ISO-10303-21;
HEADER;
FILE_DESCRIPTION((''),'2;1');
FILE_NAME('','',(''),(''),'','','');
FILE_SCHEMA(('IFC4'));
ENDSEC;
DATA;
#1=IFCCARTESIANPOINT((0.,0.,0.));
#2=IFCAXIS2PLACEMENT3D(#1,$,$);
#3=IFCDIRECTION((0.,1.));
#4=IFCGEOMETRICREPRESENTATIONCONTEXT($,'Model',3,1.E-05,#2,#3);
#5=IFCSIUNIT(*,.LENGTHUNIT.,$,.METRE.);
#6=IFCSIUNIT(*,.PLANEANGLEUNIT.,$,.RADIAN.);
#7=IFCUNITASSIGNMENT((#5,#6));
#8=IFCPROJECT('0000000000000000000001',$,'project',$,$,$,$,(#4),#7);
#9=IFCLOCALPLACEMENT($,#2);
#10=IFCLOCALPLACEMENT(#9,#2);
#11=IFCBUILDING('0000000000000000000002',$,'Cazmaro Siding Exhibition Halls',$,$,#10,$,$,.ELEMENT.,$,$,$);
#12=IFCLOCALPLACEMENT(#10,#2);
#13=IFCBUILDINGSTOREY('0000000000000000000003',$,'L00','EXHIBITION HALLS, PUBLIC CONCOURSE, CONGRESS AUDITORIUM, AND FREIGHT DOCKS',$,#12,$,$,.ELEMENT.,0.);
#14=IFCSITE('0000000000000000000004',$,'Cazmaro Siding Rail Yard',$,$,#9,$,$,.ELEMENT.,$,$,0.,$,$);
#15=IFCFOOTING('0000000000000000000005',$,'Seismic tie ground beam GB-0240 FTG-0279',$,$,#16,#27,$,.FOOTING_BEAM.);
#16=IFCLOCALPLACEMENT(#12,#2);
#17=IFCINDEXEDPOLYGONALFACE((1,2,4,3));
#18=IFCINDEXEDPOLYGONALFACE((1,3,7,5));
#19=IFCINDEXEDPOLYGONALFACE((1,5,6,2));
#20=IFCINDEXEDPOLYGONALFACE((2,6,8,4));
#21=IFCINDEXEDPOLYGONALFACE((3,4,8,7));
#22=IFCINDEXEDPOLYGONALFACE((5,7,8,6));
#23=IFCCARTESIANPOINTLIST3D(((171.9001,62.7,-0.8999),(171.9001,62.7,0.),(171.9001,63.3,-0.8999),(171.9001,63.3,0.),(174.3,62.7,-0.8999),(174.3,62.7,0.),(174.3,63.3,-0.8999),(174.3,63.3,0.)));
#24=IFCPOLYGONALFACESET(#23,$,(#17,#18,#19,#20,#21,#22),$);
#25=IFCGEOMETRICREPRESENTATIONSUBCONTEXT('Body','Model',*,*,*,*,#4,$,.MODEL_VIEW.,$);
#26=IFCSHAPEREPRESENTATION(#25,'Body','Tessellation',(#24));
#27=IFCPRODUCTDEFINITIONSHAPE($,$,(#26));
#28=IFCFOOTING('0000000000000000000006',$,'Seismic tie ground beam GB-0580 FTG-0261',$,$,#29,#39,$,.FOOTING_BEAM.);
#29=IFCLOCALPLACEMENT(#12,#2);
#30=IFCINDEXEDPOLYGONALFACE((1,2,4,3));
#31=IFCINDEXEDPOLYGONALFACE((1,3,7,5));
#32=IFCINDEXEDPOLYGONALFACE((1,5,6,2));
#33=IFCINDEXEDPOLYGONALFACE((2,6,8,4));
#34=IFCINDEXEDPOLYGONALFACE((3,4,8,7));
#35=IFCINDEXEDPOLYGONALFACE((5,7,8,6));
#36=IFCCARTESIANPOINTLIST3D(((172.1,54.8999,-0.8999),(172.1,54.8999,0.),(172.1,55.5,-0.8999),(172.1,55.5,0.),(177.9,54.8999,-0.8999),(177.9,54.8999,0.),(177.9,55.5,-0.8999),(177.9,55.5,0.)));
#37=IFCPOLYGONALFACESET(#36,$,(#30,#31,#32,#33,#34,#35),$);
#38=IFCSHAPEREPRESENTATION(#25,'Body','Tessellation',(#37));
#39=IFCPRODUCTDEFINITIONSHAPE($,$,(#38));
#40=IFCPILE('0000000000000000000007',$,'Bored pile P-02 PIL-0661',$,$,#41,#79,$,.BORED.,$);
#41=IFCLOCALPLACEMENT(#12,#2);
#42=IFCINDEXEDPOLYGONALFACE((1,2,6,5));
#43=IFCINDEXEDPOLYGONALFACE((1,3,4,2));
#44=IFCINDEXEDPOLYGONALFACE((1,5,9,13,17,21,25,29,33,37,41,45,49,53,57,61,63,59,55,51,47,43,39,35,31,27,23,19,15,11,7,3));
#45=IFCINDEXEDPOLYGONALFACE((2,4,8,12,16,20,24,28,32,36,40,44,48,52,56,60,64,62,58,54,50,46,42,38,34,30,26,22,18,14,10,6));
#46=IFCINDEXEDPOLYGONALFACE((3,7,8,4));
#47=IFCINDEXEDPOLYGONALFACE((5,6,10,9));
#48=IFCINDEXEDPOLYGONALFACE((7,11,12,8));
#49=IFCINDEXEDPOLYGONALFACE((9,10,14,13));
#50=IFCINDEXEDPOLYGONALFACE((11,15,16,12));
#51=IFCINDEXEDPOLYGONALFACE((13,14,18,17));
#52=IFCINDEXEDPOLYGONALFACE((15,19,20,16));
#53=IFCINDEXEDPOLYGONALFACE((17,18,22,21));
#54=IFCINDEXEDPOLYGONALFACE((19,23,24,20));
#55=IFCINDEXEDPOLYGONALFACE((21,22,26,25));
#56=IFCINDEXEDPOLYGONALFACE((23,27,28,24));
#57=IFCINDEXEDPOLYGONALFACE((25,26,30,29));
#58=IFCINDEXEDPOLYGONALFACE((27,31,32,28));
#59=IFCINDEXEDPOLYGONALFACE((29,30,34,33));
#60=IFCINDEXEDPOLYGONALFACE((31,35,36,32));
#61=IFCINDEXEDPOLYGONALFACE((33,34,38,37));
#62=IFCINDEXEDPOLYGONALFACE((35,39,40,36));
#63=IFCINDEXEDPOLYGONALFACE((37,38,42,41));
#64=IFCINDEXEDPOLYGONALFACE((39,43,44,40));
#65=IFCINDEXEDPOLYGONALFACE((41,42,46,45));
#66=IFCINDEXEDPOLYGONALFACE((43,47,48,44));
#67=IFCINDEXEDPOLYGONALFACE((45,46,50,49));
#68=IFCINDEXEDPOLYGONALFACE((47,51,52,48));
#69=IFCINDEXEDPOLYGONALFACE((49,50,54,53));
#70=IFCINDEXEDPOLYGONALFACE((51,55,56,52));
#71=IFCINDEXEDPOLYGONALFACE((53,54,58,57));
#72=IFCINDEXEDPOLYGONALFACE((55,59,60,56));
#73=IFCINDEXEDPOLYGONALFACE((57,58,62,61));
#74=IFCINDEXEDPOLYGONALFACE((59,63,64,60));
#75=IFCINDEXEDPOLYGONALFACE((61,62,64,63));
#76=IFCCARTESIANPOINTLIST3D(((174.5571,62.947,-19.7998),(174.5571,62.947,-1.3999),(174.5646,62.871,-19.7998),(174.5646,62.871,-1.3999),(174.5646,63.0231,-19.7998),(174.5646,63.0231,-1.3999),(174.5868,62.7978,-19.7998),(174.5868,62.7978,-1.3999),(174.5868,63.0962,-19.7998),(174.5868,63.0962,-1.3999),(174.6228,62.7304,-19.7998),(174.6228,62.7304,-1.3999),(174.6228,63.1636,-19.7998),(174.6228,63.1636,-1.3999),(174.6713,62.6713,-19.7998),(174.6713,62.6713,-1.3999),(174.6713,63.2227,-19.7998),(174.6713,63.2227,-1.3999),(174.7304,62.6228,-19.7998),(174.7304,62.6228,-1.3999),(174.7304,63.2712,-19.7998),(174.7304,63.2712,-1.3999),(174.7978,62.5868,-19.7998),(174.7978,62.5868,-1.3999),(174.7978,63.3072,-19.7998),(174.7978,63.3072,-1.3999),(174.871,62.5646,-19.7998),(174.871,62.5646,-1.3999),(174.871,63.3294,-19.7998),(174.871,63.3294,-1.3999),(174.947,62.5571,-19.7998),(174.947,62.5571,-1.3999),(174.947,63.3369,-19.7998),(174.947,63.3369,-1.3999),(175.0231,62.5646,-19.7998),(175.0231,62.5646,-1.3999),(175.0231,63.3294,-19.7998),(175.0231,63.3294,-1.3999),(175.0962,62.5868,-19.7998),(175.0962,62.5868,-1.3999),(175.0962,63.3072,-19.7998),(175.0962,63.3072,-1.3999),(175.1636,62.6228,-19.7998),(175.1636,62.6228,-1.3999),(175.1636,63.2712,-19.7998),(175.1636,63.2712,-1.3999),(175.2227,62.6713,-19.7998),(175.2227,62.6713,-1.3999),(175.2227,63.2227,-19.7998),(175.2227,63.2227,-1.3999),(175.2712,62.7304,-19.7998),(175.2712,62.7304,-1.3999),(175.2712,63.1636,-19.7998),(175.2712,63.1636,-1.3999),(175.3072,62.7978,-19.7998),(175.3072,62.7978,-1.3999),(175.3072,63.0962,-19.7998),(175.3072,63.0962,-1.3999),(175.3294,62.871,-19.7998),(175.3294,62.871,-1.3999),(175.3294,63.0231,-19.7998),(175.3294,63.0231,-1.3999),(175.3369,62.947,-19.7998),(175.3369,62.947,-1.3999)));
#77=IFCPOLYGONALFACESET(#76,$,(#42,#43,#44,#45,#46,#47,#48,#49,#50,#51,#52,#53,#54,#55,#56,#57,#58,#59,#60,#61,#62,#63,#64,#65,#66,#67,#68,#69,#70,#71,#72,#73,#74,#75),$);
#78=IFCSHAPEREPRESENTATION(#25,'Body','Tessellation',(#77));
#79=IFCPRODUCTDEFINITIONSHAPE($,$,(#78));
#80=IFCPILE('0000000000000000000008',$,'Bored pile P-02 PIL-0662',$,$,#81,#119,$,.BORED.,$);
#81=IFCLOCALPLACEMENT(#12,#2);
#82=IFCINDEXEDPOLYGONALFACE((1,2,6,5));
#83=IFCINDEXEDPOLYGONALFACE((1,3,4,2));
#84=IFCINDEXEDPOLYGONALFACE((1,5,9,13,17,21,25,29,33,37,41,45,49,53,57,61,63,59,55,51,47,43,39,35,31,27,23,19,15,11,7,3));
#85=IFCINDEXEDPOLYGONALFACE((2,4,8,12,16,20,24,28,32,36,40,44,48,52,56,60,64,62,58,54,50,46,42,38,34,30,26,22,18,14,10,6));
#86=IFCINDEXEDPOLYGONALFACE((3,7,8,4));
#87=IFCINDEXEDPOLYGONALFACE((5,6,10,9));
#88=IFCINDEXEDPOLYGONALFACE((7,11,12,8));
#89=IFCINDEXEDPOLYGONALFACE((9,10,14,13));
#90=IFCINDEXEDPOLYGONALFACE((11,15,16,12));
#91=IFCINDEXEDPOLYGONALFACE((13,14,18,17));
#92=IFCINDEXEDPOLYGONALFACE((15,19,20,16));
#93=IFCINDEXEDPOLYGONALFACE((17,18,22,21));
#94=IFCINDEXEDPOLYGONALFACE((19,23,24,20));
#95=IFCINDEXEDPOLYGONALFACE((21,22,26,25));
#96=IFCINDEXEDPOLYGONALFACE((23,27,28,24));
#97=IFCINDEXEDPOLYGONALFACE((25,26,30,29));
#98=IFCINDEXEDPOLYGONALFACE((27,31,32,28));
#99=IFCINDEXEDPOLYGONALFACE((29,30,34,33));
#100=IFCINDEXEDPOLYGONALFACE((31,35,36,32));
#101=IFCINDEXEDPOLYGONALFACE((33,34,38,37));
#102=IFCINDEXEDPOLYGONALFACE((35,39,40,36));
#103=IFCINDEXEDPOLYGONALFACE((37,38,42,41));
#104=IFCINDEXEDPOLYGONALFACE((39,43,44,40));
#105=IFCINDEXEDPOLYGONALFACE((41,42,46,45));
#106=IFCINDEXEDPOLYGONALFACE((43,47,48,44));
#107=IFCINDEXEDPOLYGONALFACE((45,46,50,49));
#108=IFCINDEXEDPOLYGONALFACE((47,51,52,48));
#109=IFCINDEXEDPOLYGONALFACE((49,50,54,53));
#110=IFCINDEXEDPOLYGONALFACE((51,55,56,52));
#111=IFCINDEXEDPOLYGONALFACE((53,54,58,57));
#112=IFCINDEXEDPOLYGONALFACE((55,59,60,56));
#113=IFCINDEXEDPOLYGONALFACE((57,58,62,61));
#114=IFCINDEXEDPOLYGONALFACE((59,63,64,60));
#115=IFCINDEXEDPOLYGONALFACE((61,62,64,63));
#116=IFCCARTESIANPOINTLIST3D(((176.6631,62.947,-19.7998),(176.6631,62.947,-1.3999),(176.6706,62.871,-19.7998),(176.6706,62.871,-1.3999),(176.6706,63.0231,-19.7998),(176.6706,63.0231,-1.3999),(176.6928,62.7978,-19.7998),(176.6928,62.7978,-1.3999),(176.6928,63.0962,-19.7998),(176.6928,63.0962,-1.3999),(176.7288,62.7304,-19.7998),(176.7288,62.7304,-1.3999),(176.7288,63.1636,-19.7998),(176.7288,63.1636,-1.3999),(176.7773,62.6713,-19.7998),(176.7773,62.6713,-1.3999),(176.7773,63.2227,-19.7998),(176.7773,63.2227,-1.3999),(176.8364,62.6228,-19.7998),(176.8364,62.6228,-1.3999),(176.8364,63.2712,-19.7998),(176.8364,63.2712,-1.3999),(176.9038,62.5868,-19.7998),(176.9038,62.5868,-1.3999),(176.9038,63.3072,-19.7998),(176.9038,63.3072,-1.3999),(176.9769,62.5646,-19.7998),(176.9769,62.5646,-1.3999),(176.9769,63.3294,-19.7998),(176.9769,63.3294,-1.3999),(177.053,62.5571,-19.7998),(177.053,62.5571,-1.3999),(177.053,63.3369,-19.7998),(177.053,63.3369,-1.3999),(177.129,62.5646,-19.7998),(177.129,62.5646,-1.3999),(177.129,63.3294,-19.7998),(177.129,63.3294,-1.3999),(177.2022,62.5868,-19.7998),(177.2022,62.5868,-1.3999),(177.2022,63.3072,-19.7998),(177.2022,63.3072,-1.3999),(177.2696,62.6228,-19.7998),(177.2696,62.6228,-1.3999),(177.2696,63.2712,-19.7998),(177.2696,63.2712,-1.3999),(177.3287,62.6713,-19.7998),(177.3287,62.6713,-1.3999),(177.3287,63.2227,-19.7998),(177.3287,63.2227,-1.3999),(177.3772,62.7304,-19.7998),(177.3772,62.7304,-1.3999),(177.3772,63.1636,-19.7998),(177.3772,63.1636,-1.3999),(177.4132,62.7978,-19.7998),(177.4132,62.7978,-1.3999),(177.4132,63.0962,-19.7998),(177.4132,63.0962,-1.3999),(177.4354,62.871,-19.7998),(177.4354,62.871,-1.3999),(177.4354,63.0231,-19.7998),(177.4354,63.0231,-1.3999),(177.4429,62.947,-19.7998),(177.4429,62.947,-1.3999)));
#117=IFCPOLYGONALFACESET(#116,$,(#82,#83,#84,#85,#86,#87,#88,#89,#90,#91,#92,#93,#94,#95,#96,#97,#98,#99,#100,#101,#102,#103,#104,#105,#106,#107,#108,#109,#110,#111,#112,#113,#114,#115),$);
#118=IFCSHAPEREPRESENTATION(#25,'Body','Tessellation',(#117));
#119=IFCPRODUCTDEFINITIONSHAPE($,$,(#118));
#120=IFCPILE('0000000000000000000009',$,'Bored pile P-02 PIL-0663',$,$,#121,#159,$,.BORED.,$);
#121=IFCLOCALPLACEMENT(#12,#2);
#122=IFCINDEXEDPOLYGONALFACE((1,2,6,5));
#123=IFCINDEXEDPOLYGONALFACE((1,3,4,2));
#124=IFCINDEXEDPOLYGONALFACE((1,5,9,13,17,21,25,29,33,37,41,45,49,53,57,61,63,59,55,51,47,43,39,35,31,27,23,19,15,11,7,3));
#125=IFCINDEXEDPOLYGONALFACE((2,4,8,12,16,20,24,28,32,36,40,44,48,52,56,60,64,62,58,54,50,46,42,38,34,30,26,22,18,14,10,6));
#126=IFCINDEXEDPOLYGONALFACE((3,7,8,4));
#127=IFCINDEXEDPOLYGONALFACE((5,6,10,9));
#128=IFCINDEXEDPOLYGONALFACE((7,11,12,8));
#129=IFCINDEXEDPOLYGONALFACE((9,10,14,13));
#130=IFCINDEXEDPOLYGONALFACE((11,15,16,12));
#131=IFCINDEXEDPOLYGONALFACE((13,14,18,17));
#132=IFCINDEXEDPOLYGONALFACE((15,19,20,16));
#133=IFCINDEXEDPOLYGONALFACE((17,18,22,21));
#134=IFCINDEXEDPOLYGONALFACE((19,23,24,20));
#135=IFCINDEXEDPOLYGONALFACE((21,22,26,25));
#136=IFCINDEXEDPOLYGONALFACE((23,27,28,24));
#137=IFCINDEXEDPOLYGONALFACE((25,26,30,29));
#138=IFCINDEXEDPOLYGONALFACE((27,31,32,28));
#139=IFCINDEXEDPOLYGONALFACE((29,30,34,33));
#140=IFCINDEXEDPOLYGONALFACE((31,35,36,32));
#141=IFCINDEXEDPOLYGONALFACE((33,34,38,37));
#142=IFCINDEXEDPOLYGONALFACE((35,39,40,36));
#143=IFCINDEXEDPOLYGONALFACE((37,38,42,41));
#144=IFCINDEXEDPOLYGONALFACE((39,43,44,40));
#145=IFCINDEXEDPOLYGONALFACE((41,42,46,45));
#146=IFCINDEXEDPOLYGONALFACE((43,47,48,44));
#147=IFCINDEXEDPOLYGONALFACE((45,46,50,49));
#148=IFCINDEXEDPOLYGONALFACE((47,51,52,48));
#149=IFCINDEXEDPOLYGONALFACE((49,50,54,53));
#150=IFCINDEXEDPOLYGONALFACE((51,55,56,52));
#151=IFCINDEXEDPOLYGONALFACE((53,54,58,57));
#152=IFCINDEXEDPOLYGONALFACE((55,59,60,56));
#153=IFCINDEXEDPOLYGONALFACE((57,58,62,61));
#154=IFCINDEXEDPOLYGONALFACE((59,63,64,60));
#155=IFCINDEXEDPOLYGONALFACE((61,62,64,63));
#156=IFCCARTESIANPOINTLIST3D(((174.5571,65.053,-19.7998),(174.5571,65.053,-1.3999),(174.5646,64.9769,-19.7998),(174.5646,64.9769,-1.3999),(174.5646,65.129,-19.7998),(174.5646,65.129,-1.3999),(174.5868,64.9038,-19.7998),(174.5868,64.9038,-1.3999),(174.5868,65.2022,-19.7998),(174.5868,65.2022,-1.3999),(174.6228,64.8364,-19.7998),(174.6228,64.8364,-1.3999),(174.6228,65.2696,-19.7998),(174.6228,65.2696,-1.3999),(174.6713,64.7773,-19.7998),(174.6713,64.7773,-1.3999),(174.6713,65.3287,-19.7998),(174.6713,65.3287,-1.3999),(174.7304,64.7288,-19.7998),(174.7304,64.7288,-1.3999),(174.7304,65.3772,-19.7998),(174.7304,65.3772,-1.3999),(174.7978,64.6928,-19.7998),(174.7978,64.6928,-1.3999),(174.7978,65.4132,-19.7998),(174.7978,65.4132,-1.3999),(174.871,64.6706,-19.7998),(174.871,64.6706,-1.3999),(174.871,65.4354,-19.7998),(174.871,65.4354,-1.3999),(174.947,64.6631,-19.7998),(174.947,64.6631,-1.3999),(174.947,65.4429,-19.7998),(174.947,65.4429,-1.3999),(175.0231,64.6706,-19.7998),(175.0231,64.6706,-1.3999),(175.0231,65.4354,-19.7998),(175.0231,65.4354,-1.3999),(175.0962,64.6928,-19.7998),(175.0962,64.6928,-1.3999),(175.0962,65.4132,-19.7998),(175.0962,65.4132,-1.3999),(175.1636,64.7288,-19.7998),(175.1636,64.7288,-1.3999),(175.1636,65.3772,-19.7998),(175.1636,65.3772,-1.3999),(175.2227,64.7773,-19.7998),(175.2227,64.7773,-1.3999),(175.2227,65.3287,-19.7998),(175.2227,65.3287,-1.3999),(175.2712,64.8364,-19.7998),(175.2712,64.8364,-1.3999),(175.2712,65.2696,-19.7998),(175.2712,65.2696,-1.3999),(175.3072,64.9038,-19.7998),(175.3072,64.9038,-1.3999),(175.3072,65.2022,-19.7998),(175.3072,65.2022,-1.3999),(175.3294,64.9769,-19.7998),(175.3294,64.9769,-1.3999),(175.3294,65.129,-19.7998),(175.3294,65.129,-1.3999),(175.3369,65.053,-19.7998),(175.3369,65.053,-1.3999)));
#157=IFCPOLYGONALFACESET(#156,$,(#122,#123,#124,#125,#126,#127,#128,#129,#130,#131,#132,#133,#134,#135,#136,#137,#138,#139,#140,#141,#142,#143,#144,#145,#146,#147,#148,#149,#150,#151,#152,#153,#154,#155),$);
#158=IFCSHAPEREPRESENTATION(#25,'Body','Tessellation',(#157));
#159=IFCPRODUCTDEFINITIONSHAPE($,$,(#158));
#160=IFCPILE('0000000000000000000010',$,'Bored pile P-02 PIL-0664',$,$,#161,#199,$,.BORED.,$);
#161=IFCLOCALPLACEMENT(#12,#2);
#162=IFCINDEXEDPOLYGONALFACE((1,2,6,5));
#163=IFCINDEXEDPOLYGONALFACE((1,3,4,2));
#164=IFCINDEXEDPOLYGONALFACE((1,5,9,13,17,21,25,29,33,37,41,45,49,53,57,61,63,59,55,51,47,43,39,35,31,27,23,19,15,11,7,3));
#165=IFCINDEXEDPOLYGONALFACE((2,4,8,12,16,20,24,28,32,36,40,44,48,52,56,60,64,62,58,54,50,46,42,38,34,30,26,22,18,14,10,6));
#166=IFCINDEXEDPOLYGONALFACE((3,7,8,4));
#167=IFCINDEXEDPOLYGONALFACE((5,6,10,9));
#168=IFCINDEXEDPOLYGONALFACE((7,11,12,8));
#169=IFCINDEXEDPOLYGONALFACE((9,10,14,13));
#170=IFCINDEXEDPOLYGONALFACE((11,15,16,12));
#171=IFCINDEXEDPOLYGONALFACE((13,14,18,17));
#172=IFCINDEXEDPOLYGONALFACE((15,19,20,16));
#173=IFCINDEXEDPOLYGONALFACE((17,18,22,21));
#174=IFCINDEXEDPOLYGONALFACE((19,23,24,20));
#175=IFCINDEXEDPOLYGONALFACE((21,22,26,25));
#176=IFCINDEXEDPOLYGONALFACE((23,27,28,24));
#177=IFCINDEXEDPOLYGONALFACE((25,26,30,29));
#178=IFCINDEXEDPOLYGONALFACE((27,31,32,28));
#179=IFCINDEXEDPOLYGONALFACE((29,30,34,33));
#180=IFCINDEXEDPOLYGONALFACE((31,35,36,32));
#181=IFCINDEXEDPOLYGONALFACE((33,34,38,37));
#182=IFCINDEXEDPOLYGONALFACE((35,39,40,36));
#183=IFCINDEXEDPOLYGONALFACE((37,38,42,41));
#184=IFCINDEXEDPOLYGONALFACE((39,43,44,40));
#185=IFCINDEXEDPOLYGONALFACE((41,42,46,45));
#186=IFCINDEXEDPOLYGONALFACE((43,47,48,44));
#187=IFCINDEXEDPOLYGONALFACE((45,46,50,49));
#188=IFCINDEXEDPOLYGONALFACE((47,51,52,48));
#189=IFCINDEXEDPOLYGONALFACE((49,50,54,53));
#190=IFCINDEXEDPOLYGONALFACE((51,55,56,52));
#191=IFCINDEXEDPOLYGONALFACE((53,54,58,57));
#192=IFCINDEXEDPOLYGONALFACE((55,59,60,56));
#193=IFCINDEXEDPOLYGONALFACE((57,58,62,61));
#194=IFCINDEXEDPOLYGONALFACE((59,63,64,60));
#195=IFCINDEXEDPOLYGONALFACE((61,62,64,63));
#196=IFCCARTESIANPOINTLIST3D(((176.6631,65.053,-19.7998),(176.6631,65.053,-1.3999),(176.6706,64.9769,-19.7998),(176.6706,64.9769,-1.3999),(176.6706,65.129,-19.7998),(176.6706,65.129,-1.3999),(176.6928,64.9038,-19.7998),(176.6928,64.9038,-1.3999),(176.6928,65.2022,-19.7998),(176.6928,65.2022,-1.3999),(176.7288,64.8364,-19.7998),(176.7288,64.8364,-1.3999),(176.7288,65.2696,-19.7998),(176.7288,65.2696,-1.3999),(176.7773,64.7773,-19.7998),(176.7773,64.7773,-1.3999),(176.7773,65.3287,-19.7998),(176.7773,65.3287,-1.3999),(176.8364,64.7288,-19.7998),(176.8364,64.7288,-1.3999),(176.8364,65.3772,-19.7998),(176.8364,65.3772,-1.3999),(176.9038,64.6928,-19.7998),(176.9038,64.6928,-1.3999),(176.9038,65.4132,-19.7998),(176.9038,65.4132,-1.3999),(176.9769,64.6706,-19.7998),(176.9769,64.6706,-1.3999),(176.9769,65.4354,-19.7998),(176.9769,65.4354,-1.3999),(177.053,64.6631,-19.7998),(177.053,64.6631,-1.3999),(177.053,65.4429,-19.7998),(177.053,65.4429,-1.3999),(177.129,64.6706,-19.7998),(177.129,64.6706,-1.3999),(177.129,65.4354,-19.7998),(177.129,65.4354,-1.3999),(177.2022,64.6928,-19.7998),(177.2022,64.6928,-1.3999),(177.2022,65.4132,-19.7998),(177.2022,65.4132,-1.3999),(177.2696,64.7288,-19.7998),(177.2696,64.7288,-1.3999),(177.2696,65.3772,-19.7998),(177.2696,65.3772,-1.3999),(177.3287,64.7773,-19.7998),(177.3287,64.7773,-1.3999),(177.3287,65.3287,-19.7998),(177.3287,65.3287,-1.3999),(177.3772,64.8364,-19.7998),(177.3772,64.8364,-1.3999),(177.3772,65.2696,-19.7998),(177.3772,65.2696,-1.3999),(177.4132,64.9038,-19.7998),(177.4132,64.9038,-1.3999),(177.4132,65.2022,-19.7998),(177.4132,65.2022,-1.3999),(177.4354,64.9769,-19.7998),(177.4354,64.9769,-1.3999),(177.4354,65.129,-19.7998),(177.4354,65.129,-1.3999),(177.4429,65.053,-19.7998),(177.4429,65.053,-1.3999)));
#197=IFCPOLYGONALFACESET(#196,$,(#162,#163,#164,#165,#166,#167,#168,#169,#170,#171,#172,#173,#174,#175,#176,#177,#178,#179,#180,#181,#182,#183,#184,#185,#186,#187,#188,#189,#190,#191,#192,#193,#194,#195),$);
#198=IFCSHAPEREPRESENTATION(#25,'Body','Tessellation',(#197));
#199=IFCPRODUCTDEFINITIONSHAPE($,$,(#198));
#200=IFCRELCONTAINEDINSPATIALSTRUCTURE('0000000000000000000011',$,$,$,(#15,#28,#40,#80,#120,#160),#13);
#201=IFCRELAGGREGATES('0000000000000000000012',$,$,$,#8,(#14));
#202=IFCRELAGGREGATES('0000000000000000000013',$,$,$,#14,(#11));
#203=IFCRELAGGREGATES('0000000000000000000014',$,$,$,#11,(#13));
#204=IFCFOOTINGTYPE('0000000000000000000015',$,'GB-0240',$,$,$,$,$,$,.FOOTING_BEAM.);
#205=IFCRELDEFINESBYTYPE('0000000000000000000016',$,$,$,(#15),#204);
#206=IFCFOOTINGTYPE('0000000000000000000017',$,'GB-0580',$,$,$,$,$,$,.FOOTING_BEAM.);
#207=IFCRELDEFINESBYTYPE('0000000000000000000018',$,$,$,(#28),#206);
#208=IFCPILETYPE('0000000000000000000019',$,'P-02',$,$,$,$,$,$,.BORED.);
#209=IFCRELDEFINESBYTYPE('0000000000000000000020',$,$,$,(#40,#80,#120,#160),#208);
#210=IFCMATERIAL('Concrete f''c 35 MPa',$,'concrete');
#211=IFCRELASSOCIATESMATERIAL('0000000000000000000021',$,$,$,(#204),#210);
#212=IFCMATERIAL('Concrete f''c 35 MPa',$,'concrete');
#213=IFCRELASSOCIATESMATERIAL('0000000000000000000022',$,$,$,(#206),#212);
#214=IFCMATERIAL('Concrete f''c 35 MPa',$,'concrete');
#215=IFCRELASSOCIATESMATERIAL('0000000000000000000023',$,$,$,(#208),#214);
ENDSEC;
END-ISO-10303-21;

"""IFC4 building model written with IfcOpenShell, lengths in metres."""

from ifc_helpers import new_model, si_unit, direction, frame, origin, origin_2d, place, context, subcontext, project, spatial, rectangle, circle, extrude, material, material_profile, profile_set, type_object, element, save


model = new_model("IFC4")

# Units and contexts
model_context = context("Model", 3, precision=1e-05, world=origin(), true_north=direction((0.0, 1.0)))
body_context = subcontext(model_context, "Body", "Model", "MODEL_VIEW")
ifc_project = project(units=[si_unit("LENGTHUNIT", "METRE"), si_unit("PLANEANGLEUNIT", "RADIAN")], contexts=[model_context])

# Site, building, storey
site_placement = place(None, origin())
site = spatial("IfcSite", under=ifc_project, at=site_placement, Name="Cazmaro Siding Rail Yard", CompositionType="ELEMENT", RefElevation=0.0)
building_placement = place(site_placement, origin())
building = spatial("IfcBuilding", under=site, at=building_placement, Name="Cazmaro Siding Exhibition Halls", CompositionType="ELEMENT")
storey_placement = place(building_placement, origin())
storey = spatial("IfcBuildingStorey", under=building, at=storey_placement, Name="L00", Description="EXHIBITION HALLS, PUBLIC CONCOURSE, CONGRESS AUDITORIUM, AND FREIGHT DOCKS", CompositionType="ELEMENT", Elevation=0.0)

# Footings
ifc_material_1 = material(Name="Concrete f'c 35 MPa", Category="concrete")
footing_type_1 = type_object("IfcFootingType", Name="GB-0240", PredefinedType="FOOTING_BEAM", material=ifc_material_1)
footing_1_placement = place(storey_placement, frame((173.1001, 63.0, -0.8999), z_axis=(0.0, 0.0, 1.0), x_axis=(1.0, 0.0, 0.0)))
element("IfcFooting", 1, at=footing_1_placement, inside=storey, type_object=footing_type_1, Name="Seismic tie ground beam GB-0240 FTG-0279", PredefinedType="FOOTING_BEAM", context=body_context, shape_type="SweptSolid", body=[
    extrude(rectangle(XDim=2.3999, YDim=0.6001, at=origin_2d()), origin(), (0.0, 0.0, 1.0), 0.8999),
])
ifc_material_2 = material(Name="Concrete f'c 35 MPa", Category="concrete")
footing_type_2 = type_object("IfcFootingType", Name="GB-0580", PredefinedType="FOOTING_BEAM", material=ifc_material_2)
footing_2_placement = place(storey_placement, frame((175.0, 55.2, -0.8999), z_axis=(0.0, 0.0, 1.0), x_axis=(1.0, 0.0, 0.0)))
element("IfcFooting", 2, at=footing_2_placement, inside=storey, type_object=footing_type_2, Name="Seismic tie ground beam GB-0580 FTG-0261", PredefinedType="FOOTING_BEAM", context=body_context, shape_type="SweptSolid", body=[
    extrude(rectangle(XDim=5.8, YDim=0.6001, at=origin_2d()), origin(), (0.0, 0.0, 1.0), 0.8999),
])

# Piles
ifc_material_3 = material(Name="Concrete f'c 35 MPa", Category="concrete")
ifc_material_profile_1 = material_profile(ifc_material_3, circle(Radius=0.3899, at=origin_2d()), Name="CIDH-780")
ifc_profile_set_1 = profile_set([ifc_material_profile_1], Name="Concrete f'c 35 MPa")
pile_type_1 = type_object("IfcPileType", Name="P-02", PredefinedType="BORED", material=ifc_profile_set_1)
for number, where, z_axis, x_axis, name in (
    (3, (174.947, 62.947, -1.3999), (0.0, 0.0, -1.0), (1.0, 0.0, 0.0), "Bored pile P-02 PIL-0661"),
    (4, (177.053, 62.947, -1.3999), (0.0, 0.0, -1.0), (1.0, 0.0, 0.0), "Bored pile P-02 PIL-0662"),
    (5, (174.947, 65.053, -1.3999), (0.0, 0.0, -1.0), (1.0, 0.0, 0.0), "Bored pile P-02 PIL-0663"),
    (6, (177.053, 65.053, -1.3999), (0.0, 0.0, -1.0), (1.0, 0.0, 0.0), "Bored pile P-02 PIL-0664"),
):
    element("IfcPile", number, at=place(storey_placement, frame(where, z_axis=z_axis, x_axis=x_axis)), inside=storey, type_object=pile_type_1, Name=name, PredefinedType="BORED", context=body_context, shape_type="SweptSolid", body=[
        extrude(circle(Radius=0.3899, at=origin_2d()), origin(), (0.0, 0.0, 1.0), 18.3999),
    ])

save(model, "model.ifc")
